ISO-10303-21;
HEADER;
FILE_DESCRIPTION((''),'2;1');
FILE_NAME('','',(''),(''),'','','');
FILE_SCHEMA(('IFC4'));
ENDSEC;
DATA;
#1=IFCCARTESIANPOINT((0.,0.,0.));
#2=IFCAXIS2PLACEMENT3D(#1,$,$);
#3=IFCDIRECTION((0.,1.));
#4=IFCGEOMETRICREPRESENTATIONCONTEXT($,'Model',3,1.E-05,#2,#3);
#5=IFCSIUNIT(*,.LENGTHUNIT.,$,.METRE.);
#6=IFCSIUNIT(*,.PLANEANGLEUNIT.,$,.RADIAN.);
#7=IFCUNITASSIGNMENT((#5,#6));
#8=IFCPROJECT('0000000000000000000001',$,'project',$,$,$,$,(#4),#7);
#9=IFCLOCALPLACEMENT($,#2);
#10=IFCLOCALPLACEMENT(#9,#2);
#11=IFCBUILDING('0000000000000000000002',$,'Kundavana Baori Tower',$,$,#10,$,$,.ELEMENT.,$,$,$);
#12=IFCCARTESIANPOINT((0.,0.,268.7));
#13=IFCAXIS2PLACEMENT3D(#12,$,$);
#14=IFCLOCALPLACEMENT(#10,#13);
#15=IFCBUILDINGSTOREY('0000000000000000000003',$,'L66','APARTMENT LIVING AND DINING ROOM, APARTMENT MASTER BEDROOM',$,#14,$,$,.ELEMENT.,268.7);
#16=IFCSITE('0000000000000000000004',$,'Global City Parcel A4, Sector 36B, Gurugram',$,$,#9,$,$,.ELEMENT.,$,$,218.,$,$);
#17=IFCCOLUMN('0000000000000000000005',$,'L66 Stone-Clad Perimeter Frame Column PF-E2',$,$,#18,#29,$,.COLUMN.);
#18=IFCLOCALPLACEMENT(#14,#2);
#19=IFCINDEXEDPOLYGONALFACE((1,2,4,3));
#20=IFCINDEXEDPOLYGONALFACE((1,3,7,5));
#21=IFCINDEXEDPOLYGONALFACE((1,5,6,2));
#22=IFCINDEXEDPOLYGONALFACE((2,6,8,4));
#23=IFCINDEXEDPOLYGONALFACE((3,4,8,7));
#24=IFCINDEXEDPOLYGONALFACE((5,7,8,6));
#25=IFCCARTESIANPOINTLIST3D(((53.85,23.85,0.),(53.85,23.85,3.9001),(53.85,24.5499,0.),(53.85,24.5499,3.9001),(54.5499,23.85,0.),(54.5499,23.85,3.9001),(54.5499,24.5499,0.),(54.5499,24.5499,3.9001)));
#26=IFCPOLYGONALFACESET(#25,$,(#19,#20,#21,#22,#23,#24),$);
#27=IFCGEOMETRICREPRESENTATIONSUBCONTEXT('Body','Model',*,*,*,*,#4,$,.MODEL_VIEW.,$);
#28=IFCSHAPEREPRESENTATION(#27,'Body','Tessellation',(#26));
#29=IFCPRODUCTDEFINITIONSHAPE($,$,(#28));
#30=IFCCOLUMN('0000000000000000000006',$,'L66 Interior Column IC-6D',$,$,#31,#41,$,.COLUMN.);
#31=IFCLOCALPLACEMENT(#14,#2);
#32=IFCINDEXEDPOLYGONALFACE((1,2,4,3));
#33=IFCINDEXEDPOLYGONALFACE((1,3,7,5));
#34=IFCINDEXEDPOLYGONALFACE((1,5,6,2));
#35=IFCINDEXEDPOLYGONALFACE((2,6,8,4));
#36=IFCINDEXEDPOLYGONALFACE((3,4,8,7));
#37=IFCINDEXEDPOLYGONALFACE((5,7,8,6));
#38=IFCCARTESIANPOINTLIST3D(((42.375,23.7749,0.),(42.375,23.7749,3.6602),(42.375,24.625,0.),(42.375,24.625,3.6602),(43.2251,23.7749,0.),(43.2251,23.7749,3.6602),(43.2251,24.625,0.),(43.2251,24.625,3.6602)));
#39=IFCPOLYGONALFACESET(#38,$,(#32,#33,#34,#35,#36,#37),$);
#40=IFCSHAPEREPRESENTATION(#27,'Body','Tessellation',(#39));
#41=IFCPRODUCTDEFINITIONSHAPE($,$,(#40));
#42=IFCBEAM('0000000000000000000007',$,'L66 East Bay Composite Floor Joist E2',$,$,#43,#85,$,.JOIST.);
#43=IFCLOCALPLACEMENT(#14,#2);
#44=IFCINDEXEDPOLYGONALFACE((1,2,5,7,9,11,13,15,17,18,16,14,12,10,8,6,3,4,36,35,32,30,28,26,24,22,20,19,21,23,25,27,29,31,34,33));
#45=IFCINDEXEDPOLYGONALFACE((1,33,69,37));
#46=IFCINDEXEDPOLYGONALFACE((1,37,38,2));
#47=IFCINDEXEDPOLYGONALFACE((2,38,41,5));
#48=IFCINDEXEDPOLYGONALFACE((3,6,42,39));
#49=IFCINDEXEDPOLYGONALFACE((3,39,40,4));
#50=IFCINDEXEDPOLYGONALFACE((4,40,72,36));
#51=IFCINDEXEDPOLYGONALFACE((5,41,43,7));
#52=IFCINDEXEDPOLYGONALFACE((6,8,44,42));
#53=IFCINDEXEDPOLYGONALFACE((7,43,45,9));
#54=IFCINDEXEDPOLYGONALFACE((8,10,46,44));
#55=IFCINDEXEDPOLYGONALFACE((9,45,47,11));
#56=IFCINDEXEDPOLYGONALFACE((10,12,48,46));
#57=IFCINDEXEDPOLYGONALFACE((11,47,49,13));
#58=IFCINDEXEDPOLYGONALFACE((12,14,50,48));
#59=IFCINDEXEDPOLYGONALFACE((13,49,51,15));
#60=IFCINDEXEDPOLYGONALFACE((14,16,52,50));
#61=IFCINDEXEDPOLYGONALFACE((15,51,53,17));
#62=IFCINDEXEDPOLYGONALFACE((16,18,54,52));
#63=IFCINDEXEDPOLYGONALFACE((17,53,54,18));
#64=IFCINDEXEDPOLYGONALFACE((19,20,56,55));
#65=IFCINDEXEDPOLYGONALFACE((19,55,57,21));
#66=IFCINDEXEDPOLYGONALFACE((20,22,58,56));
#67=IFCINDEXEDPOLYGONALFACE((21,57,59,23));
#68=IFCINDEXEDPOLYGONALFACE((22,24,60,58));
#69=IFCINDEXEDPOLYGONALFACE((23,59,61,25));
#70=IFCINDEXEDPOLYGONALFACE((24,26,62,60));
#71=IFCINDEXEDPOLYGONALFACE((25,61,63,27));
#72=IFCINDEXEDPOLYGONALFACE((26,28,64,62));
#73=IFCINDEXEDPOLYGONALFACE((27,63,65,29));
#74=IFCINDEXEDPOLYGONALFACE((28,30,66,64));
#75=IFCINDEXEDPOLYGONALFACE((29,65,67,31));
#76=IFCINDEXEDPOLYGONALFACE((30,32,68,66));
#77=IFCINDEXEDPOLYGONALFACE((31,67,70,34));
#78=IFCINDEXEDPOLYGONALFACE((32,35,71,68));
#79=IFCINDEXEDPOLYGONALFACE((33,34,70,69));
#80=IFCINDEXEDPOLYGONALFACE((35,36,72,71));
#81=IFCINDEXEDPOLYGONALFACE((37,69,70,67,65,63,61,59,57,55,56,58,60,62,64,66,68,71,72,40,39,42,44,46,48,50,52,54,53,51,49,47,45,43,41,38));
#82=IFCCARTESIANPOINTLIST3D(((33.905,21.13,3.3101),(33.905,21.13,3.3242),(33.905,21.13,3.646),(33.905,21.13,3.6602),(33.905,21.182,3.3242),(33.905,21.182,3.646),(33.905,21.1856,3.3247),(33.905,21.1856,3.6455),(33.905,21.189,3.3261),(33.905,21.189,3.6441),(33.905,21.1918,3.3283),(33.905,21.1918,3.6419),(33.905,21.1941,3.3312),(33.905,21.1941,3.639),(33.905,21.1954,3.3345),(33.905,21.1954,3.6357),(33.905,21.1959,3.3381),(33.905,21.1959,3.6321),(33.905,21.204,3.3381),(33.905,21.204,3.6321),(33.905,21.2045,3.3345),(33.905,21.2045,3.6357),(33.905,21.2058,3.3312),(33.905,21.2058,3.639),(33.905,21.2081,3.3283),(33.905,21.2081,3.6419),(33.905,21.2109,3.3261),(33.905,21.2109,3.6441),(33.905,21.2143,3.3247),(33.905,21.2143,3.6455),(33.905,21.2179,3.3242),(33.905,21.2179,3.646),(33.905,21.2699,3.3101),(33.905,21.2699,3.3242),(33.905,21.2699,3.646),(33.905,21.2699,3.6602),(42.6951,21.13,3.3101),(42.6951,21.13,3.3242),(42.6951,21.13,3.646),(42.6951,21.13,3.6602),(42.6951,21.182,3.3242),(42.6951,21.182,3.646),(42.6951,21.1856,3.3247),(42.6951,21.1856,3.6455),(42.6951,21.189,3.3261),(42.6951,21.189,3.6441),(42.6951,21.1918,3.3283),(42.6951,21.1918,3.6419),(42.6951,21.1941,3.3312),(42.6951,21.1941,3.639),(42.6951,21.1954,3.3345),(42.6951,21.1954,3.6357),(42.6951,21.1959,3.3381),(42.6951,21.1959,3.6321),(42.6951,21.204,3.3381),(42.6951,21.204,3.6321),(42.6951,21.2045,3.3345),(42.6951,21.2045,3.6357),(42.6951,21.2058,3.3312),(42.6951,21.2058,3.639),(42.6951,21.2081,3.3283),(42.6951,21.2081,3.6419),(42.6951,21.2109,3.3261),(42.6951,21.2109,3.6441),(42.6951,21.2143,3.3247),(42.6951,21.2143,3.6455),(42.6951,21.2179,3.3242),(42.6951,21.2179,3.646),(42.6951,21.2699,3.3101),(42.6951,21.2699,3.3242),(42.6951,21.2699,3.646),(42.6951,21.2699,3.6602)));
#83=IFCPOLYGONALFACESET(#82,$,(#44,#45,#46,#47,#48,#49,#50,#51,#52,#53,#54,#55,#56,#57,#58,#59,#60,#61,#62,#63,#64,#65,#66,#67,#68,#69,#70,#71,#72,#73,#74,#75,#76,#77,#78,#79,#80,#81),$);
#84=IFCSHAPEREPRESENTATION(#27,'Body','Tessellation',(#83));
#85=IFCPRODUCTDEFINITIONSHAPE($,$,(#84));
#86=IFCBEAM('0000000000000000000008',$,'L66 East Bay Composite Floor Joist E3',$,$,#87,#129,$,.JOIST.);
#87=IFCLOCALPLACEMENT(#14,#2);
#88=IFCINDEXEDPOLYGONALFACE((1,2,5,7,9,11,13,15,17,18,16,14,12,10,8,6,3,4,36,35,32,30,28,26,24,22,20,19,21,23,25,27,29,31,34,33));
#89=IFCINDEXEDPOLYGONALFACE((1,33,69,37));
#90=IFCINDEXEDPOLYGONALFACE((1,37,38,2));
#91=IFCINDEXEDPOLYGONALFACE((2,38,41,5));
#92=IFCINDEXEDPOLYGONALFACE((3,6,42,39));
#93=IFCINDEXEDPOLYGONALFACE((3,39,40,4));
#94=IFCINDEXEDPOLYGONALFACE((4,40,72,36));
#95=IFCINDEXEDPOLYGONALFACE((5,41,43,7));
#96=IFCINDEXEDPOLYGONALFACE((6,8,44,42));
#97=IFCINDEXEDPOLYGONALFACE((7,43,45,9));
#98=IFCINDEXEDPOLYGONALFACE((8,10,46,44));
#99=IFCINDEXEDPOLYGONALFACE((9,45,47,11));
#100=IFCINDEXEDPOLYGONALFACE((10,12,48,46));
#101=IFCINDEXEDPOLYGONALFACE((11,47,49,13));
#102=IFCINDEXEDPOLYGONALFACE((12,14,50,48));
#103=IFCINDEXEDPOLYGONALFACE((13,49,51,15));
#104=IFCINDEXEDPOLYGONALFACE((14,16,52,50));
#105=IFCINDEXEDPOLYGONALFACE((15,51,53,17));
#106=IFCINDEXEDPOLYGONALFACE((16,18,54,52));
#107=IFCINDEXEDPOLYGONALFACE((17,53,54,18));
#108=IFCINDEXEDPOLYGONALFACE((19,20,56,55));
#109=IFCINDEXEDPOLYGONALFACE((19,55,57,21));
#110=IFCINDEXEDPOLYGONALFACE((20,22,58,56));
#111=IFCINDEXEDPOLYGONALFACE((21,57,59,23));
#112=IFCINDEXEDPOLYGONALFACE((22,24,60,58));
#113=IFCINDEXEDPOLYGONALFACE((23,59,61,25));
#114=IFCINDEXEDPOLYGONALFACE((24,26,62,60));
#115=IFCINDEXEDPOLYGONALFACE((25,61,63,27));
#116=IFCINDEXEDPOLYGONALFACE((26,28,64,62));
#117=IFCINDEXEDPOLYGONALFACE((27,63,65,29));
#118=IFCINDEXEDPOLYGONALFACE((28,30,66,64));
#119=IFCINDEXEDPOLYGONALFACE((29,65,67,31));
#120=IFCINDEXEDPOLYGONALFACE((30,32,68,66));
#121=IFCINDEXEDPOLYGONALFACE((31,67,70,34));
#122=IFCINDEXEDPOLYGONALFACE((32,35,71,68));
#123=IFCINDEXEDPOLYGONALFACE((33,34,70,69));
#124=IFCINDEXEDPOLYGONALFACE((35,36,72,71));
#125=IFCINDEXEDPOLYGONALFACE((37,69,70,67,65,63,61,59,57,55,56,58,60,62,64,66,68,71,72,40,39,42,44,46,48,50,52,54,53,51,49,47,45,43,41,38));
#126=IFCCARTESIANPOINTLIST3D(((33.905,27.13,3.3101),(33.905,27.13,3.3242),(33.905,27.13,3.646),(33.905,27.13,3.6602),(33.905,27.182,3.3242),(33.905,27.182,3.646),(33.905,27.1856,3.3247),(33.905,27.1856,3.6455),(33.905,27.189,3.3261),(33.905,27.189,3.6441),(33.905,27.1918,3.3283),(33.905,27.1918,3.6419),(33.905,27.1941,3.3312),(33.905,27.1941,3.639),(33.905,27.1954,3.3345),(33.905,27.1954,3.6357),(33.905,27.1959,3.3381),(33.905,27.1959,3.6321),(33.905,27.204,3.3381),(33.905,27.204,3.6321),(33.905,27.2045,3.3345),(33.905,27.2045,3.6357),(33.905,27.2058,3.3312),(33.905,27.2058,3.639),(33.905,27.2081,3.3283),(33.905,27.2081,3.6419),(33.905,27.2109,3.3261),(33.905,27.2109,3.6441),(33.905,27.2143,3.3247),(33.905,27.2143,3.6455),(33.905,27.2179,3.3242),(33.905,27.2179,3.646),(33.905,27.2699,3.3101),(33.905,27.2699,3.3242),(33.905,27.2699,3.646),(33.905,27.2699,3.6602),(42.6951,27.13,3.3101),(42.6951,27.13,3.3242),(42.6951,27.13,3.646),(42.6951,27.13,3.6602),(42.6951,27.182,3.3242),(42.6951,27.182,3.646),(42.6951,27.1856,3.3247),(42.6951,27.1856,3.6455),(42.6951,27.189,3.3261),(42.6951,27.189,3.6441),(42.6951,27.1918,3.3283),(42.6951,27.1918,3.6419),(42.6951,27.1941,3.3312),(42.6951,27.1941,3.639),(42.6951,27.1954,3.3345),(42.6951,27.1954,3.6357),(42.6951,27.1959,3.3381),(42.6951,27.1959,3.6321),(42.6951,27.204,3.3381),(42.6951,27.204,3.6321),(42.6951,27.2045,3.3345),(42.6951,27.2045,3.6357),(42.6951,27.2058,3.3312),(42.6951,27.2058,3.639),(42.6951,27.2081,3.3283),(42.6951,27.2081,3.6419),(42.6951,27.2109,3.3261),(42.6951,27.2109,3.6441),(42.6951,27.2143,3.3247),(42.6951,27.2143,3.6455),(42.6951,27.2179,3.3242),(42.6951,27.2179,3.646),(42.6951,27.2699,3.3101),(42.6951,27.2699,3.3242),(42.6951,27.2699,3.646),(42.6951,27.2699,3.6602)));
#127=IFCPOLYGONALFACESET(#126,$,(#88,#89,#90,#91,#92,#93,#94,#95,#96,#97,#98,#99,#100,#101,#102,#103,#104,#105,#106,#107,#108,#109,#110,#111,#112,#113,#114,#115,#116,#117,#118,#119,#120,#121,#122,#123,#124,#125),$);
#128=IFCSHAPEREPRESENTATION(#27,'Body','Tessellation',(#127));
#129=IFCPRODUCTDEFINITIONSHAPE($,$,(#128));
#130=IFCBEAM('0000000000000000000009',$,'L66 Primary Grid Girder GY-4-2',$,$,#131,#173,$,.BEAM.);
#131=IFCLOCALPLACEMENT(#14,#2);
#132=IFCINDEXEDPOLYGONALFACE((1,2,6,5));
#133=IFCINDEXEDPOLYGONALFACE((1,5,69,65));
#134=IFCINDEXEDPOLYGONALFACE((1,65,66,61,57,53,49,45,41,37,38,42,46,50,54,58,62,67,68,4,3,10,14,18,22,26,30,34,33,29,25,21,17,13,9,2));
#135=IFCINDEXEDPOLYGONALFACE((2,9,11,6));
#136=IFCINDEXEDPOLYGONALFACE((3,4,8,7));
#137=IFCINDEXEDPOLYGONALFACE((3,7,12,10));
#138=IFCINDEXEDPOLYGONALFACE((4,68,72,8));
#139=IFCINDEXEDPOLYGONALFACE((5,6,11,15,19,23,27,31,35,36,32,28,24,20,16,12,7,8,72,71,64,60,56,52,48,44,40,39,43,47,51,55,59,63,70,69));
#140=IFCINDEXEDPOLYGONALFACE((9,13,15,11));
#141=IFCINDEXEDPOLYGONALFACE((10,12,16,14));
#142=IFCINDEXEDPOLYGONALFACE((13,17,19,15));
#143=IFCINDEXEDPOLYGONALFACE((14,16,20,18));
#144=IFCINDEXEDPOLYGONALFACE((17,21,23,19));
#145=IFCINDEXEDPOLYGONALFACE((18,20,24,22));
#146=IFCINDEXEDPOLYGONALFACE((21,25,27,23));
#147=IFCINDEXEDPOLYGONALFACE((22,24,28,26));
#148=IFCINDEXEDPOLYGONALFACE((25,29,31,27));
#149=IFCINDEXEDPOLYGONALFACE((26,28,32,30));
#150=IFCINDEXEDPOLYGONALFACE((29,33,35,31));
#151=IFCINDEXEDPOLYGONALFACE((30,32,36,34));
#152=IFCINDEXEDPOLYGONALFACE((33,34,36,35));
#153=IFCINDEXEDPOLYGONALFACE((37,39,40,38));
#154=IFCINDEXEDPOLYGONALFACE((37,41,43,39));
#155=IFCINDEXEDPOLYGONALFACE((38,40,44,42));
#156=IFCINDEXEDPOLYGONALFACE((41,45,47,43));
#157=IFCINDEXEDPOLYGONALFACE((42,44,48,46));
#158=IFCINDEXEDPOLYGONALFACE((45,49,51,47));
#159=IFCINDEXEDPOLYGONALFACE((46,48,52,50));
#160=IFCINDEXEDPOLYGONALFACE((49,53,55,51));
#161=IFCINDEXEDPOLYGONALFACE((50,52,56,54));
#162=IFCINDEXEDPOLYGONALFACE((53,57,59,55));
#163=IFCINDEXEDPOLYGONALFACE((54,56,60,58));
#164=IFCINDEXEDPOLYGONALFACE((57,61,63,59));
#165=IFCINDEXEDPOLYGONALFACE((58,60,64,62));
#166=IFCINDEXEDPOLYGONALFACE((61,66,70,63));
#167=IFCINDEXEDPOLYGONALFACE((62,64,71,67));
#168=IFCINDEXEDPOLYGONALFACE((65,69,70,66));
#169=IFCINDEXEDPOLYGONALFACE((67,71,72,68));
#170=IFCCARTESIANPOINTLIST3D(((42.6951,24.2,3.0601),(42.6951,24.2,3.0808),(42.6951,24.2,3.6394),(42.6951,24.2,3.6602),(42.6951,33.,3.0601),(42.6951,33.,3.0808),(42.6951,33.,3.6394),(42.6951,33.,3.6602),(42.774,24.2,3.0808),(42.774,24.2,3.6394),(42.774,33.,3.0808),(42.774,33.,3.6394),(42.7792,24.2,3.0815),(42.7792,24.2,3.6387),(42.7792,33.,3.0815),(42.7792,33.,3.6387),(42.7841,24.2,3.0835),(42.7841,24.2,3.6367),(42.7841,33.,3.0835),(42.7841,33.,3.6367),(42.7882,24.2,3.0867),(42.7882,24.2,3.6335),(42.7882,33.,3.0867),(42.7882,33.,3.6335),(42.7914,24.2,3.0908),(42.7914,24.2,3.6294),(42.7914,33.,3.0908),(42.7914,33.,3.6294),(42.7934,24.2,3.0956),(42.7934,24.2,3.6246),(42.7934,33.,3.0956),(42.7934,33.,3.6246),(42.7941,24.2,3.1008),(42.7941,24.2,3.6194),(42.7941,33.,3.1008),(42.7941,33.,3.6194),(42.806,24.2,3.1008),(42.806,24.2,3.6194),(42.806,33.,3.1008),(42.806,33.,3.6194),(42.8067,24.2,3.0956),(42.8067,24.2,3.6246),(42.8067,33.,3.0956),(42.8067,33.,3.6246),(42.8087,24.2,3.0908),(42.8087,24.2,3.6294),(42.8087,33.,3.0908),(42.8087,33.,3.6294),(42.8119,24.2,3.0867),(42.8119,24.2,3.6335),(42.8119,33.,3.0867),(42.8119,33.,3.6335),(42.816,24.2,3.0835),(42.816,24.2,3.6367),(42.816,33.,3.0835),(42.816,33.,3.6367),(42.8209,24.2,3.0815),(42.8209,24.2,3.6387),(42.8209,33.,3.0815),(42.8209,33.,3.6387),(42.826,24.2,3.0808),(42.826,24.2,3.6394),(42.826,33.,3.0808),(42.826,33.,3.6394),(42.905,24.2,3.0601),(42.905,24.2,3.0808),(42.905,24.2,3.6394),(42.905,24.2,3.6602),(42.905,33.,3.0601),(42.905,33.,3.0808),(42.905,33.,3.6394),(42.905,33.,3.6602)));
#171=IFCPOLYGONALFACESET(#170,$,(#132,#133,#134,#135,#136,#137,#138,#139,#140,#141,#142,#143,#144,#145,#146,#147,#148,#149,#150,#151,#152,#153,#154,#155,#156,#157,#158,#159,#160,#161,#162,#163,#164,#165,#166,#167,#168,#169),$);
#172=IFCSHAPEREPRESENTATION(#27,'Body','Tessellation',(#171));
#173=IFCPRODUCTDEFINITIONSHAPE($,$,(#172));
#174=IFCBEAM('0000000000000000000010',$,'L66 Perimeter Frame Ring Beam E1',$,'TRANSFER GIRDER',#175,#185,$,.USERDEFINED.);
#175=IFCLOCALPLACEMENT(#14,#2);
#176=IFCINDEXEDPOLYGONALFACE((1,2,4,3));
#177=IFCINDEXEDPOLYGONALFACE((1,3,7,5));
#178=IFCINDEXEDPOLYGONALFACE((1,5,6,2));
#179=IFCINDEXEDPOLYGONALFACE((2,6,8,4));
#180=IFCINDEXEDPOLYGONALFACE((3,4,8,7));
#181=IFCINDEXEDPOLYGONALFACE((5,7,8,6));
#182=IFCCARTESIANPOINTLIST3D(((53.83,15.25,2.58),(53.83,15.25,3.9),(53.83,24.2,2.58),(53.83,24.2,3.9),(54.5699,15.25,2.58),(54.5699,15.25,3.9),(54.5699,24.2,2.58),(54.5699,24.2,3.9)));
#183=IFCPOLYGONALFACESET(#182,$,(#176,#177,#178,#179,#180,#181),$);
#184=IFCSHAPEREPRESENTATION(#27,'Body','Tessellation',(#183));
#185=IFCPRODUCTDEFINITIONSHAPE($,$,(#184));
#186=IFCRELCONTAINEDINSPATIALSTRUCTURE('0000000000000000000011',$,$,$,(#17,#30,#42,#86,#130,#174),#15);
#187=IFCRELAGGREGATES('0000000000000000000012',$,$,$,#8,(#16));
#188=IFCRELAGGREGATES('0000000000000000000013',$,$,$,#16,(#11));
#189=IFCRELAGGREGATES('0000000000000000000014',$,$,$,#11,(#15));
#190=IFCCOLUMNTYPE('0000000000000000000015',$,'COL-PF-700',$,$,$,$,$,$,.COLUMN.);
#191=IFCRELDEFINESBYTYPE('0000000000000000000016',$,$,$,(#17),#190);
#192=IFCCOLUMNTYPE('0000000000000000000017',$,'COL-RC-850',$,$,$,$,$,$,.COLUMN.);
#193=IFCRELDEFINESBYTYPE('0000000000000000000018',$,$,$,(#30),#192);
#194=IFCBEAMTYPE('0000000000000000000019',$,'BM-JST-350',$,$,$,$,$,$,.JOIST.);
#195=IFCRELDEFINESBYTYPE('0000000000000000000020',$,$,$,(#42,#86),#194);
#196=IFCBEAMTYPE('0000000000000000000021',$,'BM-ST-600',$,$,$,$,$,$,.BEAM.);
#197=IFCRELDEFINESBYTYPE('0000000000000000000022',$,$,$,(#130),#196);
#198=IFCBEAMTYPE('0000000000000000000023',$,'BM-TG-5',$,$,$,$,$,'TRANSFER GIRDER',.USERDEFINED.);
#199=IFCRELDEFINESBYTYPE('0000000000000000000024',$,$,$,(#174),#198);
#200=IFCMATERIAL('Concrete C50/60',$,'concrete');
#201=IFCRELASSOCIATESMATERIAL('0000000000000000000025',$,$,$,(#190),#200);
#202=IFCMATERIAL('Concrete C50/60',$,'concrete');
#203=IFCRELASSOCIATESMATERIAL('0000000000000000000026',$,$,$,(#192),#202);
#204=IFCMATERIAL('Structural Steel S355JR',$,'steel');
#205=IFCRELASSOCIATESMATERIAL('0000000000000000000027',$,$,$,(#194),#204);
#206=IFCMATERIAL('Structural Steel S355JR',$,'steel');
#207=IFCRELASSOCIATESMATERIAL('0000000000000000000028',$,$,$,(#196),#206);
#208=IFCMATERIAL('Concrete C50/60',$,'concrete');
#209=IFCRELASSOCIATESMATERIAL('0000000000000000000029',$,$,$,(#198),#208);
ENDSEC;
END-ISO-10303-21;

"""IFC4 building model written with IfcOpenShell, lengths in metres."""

from ifc_helpers import new_model, si_unit, direction, frame, origin, origin_2d, place, context, subcontext, project, spatial, rectangle, i_section, extrude, material, material_profile, profile_set, type_object, element, save


model = new_model("IFC4")

# Units and contexts
model_context = context("Model", 3, precision=1e-05, world=origin(), true_north=direction((0.0, 1.0)))
body_context = subcontext(model_context, "Body", "Model", "MODEL_VIEW")
ifc_project = project(units=[si_unit("LENGTHUNIT", "METRE"), si_unit("PLANEANGLEUNIT", "RADIAN")], contexts=[model_context])

# Site, building, storey
site_placement = place(None, origin())
site = spatial("IfcSite", under=ifc_project, at=site_placement, Name="Global City Parcel A4, Sector 36B, Gurugram", CompositionType="ELEMENT", RefElevation=218.0)
building_placement = place(site_placement, origin())
building = spatial("IfcBuilding", under=site, at=building_placement, Name="Kundavana Baori Tower", CompositionType="ELEMENT")
storey_placement = place(building_placement, frame((0.0, 0.0, 268.7)))
storey = spatial("IfcBuildingStorey", under=building, at=storey_placement, Name="L66", Description="APARTMENT LIVING AND DINING ROOM, APARTMENT MASTER BEDROOM", CompositionType="ELEMENT", Elevation=268.7)

# Columns
ifc_material_1 = material(Name="Concrete C50/60", Category="concrete")
ifc_material_profile_1 = material_profile(ifc_material_1, rectangle(XDim=0.7, YDim=0.7, at=origin_2d()), Name="RC PF 700x700")
ifc_profile_set_1 = profile_set([ifc_material_profile_1], Name="Concrete C50/60")
column_type_1 = type_object("IfcColumnType", Name="COL-PF-700", PredefinedType="COLUMN", material=ifc_profile_set_1)
column_1_placement = place(storey_placement, frame((54.2, 24.2, 0.0), z_axis=(0.0, 0.0, 1.0), x_axis=(1.0, 0.0, 0.0)))
element("IfcColumn", 1, at=column_1_placement, inside=storey, type_object=column_type_1, Name="L66 Stone-Clad Perimeter Frame Column PF-E2", PredefinedType="COLUMN", context=body_context, shape_type="SweptSolid", body=[
    extrude(rectangle(XDim=0.7, YDim=0.7, at=origin_2d()), origin(), (0.0, 0.0, 1.0), 3.9001),
])
ifc_material_2 = material(Name="Concrete C50/60", Category="concrete")
ifc_material_profile_2 = material_profile(ifc_material_2, rectangle(XDim=0.8501, YDim=0.8501, at=origin_2d()), Name="RC 850x850")
ifc_profile_set_2 = profile_set([ifc_material_profile_2], Name="Concrete C50/60")
column_type_2 = type_object("IfcColumnType", Name="COL-RC-850", PredefinedType="COLUMN", material=ifc_profile_set_2)
column_2_placement = place(storey_placement, frame((42.8, 24.2, 0.0), z_axis=(0.0, 0.0, 1.0), x_axis=(1.0, 0.0, 0.0)))
element("IfcColumn", 2, at=column_2_placement, inside=storey, type_object=column_type_2, Name="L66 Interior Column IC-6D", PredefinedType="COLUMN", context=body_context, shape_type="SweptSolid", body=[
    extrude(rectangle(XDim=0.8501, YDim=0.8501, at=origin_2d()), origin(), (0.0, 0.0, 1.0), 3.6602),
])

# Beams
ifc_material_3 = material(Name="Structural Steel S355JR", Category="steel")
ifc_material_profile_3 = material_profile(ifc_material_3, i_section(OverallWidth=0.1399, OverallDepth=0.3501, WebThickness=0.0081, FlangeThickness=0.0142, FilletRadius=0.0139, at=origin_2d()), Name="ISMB 350")
ifc_profile_set_3 = profile_set([ifc_material_profile_3], Name="Structural Steel S355JR")
beam_type_1 = type_object("IfcBeamType", Name="BM-JST-350", PredefinedType="JOIST", material=ifc_profile_set_3)
for number, where, z_axis, x_axis, name in (
    (3, (33.905, 21.2, 3.4851), (1.0, 0.0, 0.0), (0.0, 1.0, 0.0), "L66 East Bay Composite Floor Joist E2"),
    (4, (33.905, 27.2, 3.4851), (1.0, 0.0, 0.0), (0.0, 1.0, 0.0), "L66 East Bay Composite Floor Joist E3"),
):
    element("IfcBeam", number, at=place(storey_placement, frame(where, z_axis=z_axis, x_axis=x_axis)), inside=storey, type_object=beam_type_1, Name=name, PredefinedType="JOIST", context=body_context, shape_type="SweptSolid", body=[
        extrude(i_section(OverallWidth=0.1399, OverallDepth=0.3501, WebThickness=0.0081, FlangeThickness=0.0142, FilletRadius=0.0139, at=origin_2d()), origin(), (0.0, 0.0, 1.0), 8.79),
    ])
ifc_material_4 = material(Name="Structural Steel S355JR", Category="steel")
ifc_material_profile_4 = material_profile(ifc_material_4, i_section(OverallWidth=0.21, OverallDepth=0.6001, WebThickness=0.012, FlangeThickness=0.0208, FilletRadius=0.02, at=origin_2d()), Name="ISMB 600")
ifc_profile_set_4 = profile_set([ifc_material_profile_4], Name="Structural Steel S355JR")
beam_type_2 = type_object("IfcBeamType", Name="BM-ST-600", PredefinedType="BEAM", material=ifc_profile_set_4)
beam_1_placement = place(storey_placement, frame((42.8, 24.2, 3.3601), z_axis=(0.0, 1.0, 0.0), x_axis=(-1.0, 0.0, 0.0)))
element("IfcBeam", 5, at=beam_1_placement, inside=storey, type_object=beam_type_2, Name="L66 Primary Grid Girder GY-4-2", PredefinedType="BEAM", context=body_context, shape_type="SweptSolid", body=[
    extrude(i_section(OverallWidth=0.21, OverallDepth=0.6001, WebThickness=0.012, FlangeThickness=0.0208, FilletRadius=0.02, at=origin_2d()), origin(), (0.0, 0.0, 1.0), 8.8),
])
ifc_material_5 = material(Name="Concrete C50/60", Category="concrete")
ifc_material_profile_5 = material_profile(ifc_material_5, rectangle(XDim=0.74, YDim=1.3201, at=origin_2d()), Name="BM-TG-5")
ifc_profile_set_5 = profile_set([ifc_material_profile_5], Name="Concrete C50/60")
beam_type_3 = type_object("IfcBeamType", Name="BM-TG-5", ElementType="TRANSFER GIRDER", PredefinedType="USERDEFINED", material=ifc_profile_set_5)
beam_2_placement = place(storey_placement, frame((54.2, 15.25, 3.24), z_axis=(0.0, 1.0, 0.0), x_axis=(-1.0, 0.0, 0.0)))
element("IfcBeam", 6, at=beam_2_placement, inside=storey, type_object=beam_type_3, Name="L66 Perimeter Frame Ring Beam E1", ObjectType="TRANSFER GIRDER", PredefinedType="USERDEFINED", context=body_context, shape_type="SweptSolid", body=[
    extrude(rectangle(XDim=0.74, YDim=1.3201, at=origin_2d()), origin(), (0.0, 0.0, 1.0), 8.95),
])

save(model, "model.ifc")
